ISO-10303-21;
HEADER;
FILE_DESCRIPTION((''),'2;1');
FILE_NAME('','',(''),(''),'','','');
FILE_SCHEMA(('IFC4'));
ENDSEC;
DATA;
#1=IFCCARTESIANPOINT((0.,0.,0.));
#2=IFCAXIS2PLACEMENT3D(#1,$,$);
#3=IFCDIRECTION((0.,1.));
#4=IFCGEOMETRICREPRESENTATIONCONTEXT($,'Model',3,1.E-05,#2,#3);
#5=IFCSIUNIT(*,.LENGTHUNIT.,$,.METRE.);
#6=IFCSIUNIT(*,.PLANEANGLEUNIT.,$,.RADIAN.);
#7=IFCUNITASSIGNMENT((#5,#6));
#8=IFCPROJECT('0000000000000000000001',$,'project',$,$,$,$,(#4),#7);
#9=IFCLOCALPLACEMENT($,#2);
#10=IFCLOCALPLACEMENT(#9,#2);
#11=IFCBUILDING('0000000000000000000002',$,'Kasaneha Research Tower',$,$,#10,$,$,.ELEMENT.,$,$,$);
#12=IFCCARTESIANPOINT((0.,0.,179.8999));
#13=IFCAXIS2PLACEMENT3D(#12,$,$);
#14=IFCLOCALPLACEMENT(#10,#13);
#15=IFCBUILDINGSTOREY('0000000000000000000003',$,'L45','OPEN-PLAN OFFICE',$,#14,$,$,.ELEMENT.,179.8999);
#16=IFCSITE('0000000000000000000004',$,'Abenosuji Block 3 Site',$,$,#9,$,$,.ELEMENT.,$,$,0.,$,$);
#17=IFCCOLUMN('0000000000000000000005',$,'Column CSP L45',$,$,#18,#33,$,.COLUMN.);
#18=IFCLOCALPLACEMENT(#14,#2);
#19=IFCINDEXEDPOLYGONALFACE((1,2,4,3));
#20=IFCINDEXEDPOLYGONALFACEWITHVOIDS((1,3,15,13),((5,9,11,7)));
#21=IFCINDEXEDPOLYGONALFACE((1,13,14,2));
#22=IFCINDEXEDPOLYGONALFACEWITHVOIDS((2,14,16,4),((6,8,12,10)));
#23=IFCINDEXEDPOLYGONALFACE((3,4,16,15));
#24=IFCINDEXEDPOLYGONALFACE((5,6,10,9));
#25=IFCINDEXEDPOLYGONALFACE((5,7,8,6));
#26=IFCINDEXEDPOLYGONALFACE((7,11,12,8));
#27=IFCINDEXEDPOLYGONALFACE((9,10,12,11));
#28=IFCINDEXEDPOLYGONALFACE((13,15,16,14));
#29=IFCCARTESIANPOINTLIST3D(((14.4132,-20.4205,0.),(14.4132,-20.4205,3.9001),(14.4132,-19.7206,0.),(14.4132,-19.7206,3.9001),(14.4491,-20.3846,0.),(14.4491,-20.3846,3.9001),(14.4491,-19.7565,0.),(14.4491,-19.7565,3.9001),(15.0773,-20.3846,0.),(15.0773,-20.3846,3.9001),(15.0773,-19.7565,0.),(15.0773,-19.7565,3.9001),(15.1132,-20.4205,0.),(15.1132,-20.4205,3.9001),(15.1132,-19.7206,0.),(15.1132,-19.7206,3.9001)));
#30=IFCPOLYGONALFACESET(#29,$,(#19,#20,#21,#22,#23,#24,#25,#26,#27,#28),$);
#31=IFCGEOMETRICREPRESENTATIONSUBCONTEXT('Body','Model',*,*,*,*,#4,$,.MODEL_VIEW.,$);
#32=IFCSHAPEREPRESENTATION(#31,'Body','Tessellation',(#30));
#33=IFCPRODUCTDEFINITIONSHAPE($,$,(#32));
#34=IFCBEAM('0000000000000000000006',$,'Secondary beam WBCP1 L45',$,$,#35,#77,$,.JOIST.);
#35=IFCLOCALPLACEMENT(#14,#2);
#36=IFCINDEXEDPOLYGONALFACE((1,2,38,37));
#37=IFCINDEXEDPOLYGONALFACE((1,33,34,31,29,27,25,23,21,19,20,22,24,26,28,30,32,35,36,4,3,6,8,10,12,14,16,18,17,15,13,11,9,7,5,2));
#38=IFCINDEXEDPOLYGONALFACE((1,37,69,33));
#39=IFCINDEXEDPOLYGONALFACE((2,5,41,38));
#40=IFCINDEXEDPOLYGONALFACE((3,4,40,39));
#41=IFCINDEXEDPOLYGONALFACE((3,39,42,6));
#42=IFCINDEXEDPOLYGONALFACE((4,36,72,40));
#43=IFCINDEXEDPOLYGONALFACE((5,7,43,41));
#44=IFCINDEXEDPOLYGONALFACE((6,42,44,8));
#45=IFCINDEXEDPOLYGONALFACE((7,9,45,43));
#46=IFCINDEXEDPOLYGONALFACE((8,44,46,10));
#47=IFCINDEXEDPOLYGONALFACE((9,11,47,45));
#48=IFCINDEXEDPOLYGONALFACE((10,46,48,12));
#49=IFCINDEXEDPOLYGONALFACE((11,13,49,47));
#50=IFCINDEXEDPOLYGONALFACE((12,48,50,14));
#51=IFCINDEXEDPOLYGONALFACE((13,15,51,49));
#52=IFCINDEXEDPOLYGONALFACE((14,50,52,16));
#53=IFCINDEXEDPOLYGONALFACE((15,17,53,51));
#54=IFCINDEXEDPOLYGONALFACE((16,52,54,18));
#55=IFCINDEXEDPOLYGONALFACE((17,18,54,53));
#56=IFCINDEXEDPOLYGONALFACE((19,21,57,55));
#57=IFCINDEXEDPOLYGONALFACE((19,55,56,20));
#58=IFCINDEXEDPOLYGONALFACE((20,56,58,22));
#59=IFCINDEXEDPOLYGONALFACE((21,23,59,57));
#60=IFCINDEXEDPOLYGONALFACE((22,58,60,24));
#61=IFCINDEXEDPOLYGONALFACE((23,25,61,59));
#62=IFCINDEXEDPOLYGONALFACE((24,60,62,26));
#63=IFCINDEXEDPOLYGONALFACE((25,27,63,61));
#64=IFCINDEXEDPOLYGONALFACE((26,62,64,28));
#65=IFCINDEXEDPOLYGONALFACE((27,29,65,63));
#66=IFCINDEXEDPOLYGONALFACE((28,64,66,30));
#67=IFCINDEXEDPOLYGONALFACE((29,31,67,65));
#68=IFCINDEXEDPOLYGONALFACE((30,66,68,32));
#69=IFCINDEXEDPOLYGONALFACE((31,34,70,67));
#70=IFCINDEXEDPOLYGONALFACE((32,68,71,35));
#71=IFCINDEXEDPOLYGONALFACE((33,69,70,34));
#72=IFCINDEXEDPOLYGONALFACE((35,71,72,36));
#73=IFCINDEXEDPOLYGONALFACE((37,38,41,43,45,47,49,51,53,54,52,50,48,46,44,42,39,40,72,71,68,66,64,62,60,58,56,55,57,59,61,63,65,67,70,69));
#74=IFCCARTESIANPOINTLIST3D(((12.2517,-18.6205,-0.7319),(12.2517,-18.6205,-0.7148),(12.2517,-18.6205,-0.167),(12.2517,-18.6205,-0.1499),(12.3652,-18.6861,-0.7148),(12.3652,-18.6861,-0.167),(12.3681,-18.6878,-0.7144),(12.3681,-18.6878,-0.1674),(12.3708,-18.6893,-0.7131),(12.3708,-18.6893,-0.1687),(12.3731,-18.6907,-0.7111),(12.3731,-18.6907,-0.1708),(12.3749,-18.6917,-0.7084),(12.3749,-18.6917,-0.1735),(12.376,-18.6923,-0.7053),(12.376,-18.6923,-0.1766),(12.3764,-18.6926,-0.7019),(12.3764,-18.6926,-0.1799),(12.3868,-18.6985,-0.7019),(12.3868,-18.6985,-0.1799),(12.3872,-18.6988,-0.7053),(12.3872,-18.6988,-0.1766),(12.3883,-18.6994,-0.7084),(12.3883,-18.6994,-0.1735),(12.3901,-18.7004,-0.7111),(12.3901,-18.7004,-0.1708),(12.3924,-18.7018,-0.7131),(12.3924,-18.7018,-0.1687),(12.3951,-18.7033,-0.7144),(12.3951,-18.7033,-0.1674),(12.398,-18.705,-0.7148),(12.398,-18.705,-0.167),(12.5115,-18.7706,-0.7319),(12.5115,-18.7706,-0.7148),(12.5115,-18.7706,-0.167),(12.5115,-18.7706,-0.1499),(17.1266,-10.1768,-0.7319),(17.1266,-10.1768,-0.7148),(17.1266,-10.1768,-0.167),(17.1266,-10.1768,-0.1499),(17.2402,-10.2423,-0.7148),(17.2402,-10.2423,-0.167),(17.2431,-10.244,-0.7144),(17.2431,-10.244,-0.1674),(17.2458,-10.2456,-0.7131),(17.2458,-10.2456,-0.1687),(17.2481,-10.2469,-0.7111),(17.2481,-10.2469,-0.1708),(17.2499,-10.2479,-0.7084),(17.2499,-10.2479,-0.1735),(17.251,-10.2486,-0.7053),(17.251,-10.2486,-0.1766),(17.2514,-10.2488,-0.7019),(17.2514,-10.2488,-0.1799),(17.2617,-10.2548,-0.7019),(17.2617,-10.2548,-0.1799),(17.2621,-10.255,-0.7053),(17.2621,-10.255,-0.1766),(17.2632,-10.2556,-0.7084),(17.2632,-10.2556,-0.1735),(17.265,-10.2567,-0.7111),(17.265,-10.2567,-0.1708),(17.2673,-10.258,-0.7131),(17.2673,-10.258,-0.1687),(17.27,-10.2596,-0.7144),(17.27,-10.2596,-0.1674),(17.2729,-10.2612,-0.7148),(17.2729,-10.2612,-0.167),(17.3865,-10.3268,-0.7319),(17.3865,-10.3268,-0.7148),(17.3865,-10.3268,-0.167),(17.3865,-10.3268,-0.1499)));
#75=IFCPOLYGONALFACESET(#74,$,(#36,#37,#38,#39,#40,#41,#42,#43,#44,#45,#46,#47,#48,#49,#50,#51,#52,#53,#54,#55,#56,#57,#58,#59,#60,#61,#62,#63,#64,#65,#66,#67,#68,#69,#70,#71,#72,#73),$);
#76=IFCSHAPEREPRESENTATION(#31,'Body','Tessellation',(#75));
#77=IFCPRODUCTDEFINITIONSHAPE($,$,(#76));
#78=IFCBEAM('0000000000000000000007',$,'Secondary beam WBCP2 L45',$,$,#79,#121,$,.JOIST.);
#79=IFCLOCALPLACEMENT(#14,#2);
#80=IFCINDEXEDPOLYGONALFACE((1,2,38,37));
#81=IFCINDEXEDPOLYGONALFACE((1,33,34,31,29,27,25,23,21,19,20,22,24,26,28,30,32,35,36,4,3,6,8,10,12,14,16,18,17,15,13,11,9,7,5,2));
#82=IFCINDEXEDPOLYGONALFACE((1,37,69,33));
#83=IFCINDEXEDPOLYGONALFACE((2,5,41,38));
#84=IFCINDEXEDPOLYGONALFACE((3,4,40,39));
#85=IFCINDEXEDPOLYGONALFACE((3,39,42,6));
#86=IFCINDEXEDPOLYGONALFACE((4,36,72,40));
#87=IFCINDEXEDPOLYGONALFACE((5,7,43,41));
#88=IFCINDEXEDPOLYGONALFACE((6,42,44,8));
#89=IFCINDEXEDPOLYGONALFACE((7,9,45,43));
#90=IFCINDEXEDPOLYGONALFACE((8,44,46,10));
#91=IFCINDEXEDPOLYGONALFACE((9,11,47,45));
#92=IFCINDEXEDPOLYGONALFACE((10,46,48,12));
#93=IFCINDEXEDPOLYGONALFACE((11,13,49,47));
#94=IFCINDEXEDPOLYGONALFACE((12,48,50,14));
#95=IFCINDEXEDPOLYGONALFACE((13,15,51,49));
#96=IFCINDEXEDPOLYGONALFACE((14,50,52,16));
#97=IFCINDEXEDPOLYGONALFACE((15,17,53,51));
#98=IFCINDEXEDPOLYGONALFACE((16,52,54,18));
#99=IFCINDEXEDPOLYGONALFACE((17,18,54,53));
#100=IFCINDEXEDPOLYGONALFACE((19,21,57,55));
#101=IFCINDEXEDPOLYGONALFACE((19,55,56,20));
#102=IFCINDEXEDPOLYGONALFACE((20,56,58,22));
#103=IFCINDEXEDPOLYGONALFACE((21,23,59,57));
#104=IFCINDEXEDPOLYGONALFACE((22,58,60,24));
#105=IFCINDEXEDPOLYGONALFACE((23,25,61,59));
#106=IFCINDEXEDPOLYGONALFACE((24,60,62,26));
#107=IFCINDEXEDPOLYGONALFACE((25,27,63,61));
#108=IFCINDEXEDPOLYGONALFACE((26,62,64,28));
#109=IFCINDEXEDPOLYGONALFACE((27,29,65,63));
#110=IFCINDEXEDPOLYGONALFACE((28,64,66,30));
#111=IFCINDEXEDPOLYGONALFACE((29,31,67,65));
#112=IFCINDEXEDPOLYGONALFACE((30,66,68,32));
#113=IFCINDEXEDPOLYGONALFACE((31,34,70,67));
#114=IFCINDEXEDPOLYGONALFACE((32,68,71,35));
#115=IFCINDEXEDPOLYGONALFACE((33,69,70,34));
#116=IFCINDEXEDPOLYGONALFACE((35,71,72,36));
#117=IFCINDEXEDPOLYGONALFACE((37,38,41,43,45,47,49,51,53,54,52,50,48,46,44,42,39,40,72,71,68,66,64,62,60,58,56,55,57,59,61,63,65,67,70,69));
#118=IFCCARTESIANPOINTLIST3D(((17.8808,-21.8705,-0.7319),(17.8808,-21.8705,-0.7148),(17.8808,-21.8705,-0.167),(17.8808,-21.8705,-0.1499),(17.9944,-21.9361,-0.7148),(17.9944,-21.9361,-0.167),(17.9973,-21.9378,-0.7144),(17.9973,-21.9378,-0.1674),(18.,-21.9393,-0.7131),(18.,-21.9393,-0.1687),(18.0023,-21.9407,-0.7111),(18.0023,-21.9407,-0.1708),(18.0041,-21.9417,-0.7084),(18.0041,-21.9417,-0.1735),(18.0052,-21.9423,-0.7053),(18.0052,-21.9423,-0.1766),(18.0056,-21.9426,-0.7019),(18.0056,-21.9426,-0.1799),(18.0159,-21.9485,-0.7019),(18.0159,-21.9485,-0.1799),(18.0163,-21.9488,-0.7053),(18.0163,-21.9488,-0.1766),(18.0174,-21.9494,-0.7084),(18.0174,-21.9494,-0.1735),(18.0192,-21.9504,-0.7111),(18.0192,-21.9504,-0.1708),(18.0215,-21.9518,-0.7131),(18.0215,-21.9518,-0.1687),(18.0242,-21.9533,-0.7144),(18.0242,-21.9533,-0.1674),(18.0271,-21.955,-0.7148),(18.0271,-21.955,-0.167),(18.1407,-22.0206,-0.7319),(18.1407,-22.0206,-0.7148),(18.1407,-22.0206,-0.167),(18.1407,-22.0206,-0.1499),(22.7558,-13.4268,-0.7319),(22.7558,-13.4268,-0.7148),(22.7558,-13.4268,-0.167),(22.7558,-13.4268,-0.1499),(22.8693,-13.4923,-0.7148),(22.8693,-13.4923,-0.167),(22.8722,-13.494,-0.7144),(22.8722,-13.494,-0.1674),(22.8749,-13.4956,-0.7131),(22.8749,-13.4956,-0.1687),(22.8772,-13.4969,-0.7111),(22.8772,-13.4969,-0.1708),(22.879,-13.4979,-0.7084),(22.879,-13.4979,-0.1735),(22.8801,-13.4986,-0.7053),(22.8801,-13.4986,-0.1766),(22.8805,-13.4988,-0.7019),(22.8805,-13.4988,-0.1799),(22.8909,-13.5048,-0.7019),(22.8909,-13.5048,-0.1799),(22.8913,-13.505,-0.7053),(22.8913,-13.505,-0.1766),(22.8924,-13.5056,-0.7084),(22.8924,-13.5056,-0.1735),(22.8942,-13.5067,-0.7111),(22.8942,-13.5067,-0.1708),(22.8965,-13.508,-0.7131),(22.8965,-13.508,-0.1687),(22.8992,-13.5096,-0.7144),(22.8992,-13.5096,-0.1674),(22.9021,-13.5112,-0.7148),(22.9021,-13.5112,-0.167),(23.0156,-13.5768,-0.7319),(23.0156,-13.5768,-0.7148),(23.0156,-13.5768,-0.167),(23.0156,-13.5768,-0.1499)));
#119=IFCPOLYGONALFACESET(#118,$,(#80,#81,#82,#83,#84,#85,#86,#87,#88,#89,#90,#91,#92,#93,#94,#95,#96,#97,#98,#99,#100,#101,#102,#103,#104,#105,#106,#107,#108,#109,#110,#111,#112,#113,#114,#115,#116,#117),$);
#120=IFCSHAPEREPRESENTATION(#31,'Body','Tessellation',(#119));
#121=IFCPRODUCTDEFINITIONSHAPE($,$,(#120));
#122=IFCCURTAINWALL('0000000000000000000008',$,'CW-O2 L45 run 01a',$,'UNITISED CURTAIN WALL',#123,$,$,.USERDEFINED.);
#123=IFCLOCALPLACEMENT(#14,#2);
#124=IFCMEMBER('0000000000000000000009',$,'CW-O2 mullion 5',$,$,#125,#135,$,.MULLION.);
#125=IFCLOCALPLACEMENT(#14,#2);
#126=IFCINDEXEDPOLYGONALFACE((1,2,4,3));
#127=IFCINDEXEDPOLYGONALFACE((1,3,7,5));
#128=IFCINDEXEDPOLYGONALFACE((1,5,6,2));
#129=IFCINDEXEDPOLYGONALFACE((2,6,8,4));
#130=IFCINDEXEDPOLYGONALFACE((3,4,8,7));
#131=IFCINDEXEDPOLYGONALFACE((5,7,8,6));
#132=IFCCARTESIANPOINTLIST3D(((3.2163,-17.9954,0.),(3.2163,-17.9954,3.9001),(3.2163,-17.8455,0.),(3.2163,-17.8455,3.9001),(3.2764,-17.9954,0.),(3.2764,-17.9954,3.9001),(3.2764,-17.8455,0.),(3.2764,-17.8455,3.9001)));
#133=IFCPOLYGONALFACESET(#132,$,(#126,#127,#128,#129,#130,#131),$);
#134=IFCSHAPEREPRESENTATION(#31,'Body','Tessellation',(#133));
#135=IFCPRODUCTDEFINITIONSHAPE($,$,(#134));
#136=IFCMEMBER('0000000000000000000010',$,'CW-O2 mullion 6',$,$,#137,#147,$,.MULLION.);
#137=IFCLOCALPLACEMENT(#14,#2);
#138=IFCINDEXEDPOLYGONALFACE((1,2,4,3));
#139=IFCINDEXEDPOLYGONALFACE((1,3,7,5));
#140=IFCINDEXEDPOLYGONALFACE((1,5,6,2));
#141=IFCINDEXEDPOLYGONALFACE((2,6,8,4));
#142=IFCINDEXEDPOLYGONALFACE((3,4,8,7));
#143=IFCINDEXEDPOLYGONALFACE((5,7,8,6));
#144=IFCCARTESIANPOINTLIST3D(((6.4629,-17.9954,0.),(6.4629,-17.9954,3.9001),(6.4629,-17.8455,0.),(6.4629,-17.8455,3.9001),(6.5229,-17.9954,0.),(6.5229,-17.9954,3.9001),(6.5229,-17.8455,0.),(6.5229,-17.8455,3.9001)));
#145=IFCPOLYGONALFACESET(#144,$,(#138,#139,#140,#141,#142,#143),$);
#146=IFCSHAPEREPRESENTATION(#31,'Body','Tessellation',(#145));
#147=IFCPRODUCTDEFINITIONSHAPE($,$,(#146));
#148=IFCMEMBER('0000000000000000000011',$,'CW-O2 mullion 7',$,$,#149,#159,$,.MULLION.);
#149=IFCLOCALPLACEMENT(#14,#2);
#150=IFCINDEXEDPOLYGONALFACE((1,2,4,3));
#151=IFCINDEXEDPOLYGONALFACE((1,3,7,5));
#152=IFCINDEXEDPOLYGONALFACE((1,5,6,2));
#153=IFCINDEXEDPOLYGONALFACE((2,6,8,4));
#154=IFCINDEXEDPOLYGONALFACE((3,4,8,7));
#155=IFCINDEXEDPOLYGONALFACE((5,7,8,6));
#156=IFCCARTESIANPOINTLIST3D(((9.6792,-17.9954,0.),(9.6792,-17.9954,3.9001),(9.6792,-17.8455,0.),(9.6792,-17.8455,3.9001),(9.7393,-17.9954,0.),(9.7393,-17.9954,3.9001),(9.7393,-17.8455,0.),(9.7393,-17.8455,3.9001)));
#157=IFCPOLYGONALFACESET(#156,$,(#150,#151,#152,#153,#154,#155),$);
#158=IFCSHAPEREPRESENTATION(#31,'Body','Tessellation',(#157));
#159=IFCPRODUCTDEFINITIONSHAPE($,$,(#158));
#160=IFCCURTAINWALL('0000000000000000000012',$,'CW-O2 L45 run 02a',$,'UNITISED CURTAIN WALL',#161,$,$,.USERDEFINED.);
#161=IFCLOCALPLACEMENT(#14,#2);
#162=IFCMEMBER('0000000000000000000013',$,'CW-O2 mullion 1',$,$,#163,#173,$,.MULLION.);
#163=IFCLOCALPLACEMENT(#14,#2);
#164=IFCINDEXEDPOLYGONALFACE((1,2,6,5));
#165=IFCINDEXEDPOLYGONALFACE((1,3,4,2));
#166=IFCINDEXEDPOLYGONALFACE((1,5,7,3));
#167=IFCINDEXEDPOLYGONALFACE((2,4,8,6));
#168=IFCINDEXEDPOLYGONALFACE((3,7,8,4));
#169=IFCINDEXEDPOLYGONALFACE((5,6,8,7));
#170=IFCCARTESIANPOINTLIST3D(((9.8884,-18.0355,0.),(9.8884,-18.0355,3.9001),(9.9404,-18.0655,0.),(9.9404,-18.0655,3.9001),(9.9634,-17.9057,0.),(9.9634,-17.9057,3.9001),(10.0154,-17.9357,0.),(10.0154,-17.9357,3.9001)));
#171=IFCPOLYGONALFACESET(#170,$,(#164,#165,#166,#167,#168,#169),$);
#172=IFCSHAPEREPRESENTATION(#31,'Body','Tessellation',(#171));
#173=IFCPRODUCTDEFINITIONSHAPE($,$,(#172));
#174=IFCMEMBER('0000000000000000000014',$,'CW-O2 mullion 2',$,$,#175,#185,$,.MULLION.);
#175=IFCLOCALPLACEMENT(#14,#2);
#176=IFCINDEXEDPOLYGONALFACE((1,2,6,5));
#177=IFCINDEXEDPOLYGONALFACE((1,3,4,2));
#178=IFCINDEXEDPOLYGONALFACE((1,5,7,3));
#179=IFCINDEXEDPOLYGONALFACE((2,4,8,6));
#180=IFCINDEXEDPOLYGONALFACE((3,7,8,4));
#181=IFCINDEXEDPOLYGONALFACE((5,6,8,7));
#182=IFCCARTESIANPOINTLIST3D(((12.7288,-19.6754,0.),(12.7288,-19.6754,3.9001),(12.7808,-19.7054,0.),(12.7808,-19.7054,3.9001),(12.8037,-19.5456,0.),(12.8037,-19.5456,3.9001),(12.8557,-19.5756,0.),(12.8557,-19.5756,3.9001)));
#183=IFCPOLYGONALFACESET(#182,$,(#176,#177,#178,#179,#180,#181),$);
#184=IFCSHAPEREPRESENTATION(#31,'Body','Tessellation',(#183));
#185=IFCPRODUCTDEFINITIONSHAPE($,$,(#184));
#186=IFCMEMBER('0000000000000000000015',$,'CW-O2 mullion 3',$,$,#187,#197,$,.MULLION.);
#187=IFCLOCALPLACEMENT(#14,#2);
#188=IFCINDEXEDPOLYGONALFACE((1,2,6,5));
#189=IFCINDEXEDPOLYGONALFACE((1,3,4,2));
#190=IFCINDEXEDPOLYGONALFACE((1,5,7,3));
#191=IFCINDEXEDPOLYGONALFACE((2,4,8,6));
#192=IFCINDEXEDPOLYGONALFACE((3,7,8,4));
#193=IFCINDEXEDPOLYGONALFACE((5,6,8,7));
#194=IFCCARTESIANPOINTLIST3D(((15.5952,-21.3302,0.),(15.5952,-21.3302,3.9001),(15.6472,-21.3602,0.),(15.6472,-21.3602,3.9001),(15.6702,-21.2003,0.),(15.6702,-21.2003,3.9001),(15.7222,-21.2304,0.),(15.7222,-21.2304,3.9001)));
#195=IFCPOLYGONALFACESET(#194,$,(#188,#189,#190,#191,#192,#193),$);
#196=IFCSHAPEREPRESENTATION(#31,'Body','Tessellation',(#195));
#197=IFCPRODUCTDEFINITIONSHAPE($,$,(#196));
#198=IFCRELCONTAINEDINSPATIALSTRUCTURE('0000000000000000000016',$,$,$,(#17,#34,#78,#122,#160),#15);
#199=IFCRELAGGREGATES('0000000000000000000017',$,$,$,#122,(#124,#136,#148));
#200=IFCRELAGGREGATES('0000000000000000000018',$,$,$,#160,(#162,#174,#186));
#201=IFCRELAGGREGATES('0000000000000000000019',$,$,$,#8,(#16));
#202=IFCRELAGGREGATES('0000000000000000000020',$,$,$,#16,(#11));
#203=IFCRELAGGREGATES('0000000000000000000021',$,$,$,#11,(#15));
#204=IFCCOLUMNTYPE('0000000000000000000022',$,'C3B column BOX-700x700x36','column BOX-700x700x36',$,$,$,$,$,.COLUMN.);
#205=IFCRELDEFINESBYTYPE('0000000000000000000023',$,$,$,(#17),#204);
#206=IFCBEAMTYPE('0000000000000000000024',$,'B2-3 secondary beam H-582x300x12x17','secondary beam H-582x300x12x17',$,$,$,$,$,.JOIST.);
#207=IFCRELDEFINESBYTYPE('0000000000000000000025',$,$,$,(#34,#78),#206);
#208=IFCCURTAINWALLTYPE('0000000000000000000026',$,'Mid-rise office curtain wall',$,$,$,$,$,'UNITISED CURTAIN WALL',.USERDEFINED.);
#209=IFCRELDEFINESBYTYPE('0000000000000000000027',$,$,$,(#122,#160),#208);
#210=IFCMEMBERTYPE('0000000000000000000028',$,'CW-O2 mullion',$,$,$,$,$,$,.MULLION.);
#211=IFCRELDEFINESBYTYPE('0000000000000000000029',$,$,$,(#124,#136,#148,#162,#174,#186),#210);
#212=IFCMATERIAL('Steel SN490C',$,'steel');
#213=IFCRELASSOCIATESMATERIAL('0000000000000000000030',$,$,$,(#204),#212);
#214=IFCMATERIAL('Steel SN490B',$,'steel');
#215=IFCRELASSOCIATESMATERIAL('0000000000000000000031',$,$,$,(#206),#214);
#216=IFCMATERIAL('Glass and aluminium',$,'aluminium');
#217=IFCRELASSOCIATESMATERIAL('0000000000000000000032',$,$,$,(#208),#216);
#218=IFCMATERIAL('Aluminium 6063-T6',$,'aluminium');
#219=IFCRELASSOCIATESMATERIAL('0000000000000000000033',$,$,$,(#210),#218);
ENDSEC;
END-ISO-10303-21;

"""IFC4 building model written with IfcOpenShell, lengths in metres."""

from ifc_helpers import new_model, si_unit, direction, frame, origin, origin_2d, place, context, subcontext, project, spatial, rectangle, hollow_rectangle, i_section, extrude, material, material_profile, profile_set, type_object, element, aggregate, save


model = new_model("IFC4")

# Units and contexts
model_context = context("Model", 3, precision=1e-05, world=origin(), true_north=direction((0.0, 1.0)))
body_context = subcontext(model_context, "Body", "Model", "MODEL_VIEW")
ifc_project = project(units=[si_unit("LENGTHUNIT", "METRE"), si_unit("PLANEANGLEUNIT", "RADIAN")], contexts=[model_context])

# Site, building, storey
site_placement = place(None, origin())
site = spatial("IfcSite", under=ifc_project, at=site_placement, Name="Abenosuji Block 3 Site", CompositionType="ELEMENT", RefElevation=0.0)
building_placement = place(site_placement, origin())
building = spatial("IfcBuilding", under=site, at=building_placement, Name="Kasaneha Research Tower", CompositionType="ELEMENT")
storey_placement = place(building_placement, frame((0.0, 0.0, 179.8999)))
storey = spatial("IfcBuildingStorey", under=building, at=storey_placement, Name="L45", Description="OPEN-PLAN OFFICE", CompositionType="ELEMENT", Elevation=179.8999)

# Column
ifc_material_1 = material(Name="Steel SN490C", Category="steel")
ifc_material_profile_1 = material_profile(ifc_material_1, hollow_rectangle(XDim=0.7, YDim=0.7, WallThickness=0.0359, at=origin_2d()), Name="BOX-700x700x36")
ifc_profile_set_1 = profile_set([ifc_material_profile_1], Name="Steel SN490C")
column_type = type_object("IfcColumnType", Name="C3B column BOX-700x700x36", Description="column BOX-700x700x36", PredefinedType="COLUMN", material=ifc_profile_set_1)
column_placement = place(storey_placement, frame((14.7632, -20.0706, 0.0), z_axis=(0.0, 0.0, 1.0), x_axis=(1.0, 0.0, 0.0)))
element("IfcColumn", 1, at=column_placement, inside=storey, type_object=column_type, Name="Column CSP L45", PredefinedType="COLUMN", context=body_context, shape_type="SweptSolid", body=[
    extrude(hollow_rectangle(XDim=0.7, YDim=0.7, WallThickness=0.0359, at=origin_2d()), origin(), (0.0, 0.0, 1.0), 3.9001),
])

# Beams
ifc_material_2 = material(Name="Steel SN490B", Category="steel")
ifc_material_profile_2 = material_profile(ifc_material_2, i_section(OverallWidth=0.3, OverallDepth=0.582, WebThickness=0.012, FlangeThickness=0.0171, FilletRadius=0.0129, at=origin_2d()), Name="H-582x300x12x17")
ifc_profile_set_2 = profile_set([ifc_material_profile_2], Name="Steel SN490B")
beam_type_1 = type_object("IfcBeamType", Name="B2-3 secondary beam H-582x300x12x17", Description="secondary beam H-582x300x12x17", PredefinedType="JOIST", material=ifc_profile_set_2)
for number, where, z_axis, x_axis, name in (
    (2, (12.3816, -18.6956, -0.4409), (0.499996, 0.866028, 0.0), (-0.866028, 0.499996, 0.0), "Secondary beam WBCP1 L45"),
    (3, (18.0107, -21.9456, -0.4409), (0.499996, 0.866028, 0.0), (-0.866028, 0.499996, 0.0), "Secondary beam WBCP2 L45"),
):
    element("IfcBeam", number, at=place(storey_placement, frame(where, z_axis=z_axis, x_axis=x_axis)), inside=storey, type_object=beam_type_1, Name=name, PredefinedType="JOIST", context=body_context, shape_type="SweptSolid", body=[
        extrude(i_section(OverallWidth=0.3, OverallDepth=0.582, WebThickness=0.012, FlangeThickness=0.0171, FilletRadius=0.0129, at=origin_2d()), origin(), (0.0, 0.0, 1.0), 9.75),
    ])

# Curtain walls, members
ifc_material_3 = material(Name="Glass and aluminium", Category="aluminium")
curtain_wall_type = type_object("IfcCurtainWallType", Name="Mid-rise office curtain wall", ElementType="UNITISED CURTAIN WALL", PredefinedType="USERDEFINED", material=ifc_material_3)
curtain_wall_1_placement = place(storey_placement, origin())
curtain_wall_1 = element("IfcCurtainWall", 4, at=curtain_wall_1_placement, inside=storey, type_object=curtain_wall_type, Name="CW-O2 L45 run 01a", ObjectType="UNITISED CURTAIN WALL", PredefinedType="USERDEFINED")
ifc_material_4 = material(Name="Aluminium 6063-T6", Category="aluminium")
ifc_material_profile_3 = material_profile(ifc_material_4, rectangle(XDim=0.0601, YDim=0.1499, at=origin_2d()), Name="CW-O2 mullion 60x150")
ifc_profile_set_3 = profile_set([ifc_material_profile_3], Name="Aluminium 6063-T6")
member_type_1 = type_object("IfcMemberType", Name="CW-O2 mullion", PredefinedType="MULLION", material=ifc_profile_set_3)
member_1_placement = place(storey_placement, frame((3.2463, -17.9204, 0.0), z_axis=(0.0, 0.0, 1.0), x_axis=(1.0, 0.0, 0.0)))
member_1 = element("IfcMember", 5, at=member_1_placement, type_object=member_type_1, Name="CW-O2 mullion 5", PredefinedType="MULLION", context=body_context, shape_type="SweptSolid", body=[
    extrude(rectangle(XDim=0.0601, YDim=0.1499, at=origin_2d()), origin(), (0.0, 0.0, 1.0), 3.9001),
])
member_2_placement = place(storey_placement, frame((6.4929, -17.9204, 0.0), z_axis=(0.0, 0.0, 1.0), x_axis=(1.0, 0.0, 0.0)))
member_2 = element("IfcMember", 6, at=member_2_placement, type_object=member_type_1, Name="CW-O2 mullion 6", PredefinedType="MULLION", context=body_context, shape_type="SweptSolid", body=[
    extrude(rectangle(XDim=0.0601, YDim=0.1499, at=origin_2d()), origin(), (0.0, 0.0, 1.0), 3.9001),
])
member_3_placement = place(storey_placement, frame((9.7092, -17.9204, 0.0), z_axis=(0.0, 0.0, 1.0), x_axis=(1.0, 0.0, 0.0)))
member_3 = element("IfcMember", 7, at=member_3_placement, type_object=member_type_1, Name="CW-O2 mullion 7", PredefinedType="MULLION", context=body_context, shape_type="SweptSolid", body=[
    extrude(rectangle(XDim=0.0601, YDim=0.1499, at=origin_2d()), origin(), (0.0, 0.0, 1.0), 3.9001),
])
curtain_wall_2_placement = place(storey_placement, origin())
curtain_wall_2 = element("IfcCurtainWall", 8, at=curtain_wall_2_placement, inside=storey, type_object=curtain_wall_type, Name="CW-O2 L45 run 02a", ObjectType="UNITISED CURTAIN WALL", PredefinedType="USERDEFINED")
member_4_placement = place(storey_placement, frame((9.9519, -17.9856, 0.0), z_axis=(0.0, 0.0, 1.0), x_axis=(0.866025, -0.5, 0.0)))
member_4 = element("IfcMember", 9, at=member_4_placement, type_object=member_type_1, Name="CW-O2 mullion 1", PredefinedType="MULLION", context=body_context, shape_type="SweptSolid", body=[
    extrude(rectangle(XDim=0.0601, YDim=0.1499, at=origin_2d()), origin(), (0.0, 0.0, 1.0), 3.9001),
])
member_5_placement = place(storey_placement, frame((12.7922, -19.6255, 0.0), z_axis=(0.0, 0.0, 1.0), x_axis=(0.866025, -0.5, 0.0)))
member_5 = element("IfcMember", 10, at=member_5_placement, type_object=member_type_1, Name="CW-O2 mullion 2", PredefinedType="MULLION", context=body_context, shape_type="SweptSolid", body=[
    extrude(rectangle(XDim=0.0601, YDim=0.1499, at=origin_2d()), origin(), (0.0, 0.0, 1.0), 3.9001),
])
member_6_placement = place(storey_placement, frame((15.6587, -21.2803, 0.0), z_axis=(0.0, 0.0, 1.0), x_axis=(0.866025, -0.5, 0.0)))
member_6 = element("IfcMember", 11, at=member_6_placement, type_object=member_type_1, Name="CW-O2 mullion 3", PredefinedType="MULLION", context=body_context, shape_type="SweptSolid", body=[
    extrude(rectangle(XDim=0.0601, YDim=0.1499, at=origin_2d()), origin(), (0.0, 0.0, 1.0), 3.9001),
])

aggregate(curtain_wall_1, [member_1, member_2, member_3])
aggregate(curtain_wall_2, [member_4, member_5, member_6])

save(model, "model.ifc")
